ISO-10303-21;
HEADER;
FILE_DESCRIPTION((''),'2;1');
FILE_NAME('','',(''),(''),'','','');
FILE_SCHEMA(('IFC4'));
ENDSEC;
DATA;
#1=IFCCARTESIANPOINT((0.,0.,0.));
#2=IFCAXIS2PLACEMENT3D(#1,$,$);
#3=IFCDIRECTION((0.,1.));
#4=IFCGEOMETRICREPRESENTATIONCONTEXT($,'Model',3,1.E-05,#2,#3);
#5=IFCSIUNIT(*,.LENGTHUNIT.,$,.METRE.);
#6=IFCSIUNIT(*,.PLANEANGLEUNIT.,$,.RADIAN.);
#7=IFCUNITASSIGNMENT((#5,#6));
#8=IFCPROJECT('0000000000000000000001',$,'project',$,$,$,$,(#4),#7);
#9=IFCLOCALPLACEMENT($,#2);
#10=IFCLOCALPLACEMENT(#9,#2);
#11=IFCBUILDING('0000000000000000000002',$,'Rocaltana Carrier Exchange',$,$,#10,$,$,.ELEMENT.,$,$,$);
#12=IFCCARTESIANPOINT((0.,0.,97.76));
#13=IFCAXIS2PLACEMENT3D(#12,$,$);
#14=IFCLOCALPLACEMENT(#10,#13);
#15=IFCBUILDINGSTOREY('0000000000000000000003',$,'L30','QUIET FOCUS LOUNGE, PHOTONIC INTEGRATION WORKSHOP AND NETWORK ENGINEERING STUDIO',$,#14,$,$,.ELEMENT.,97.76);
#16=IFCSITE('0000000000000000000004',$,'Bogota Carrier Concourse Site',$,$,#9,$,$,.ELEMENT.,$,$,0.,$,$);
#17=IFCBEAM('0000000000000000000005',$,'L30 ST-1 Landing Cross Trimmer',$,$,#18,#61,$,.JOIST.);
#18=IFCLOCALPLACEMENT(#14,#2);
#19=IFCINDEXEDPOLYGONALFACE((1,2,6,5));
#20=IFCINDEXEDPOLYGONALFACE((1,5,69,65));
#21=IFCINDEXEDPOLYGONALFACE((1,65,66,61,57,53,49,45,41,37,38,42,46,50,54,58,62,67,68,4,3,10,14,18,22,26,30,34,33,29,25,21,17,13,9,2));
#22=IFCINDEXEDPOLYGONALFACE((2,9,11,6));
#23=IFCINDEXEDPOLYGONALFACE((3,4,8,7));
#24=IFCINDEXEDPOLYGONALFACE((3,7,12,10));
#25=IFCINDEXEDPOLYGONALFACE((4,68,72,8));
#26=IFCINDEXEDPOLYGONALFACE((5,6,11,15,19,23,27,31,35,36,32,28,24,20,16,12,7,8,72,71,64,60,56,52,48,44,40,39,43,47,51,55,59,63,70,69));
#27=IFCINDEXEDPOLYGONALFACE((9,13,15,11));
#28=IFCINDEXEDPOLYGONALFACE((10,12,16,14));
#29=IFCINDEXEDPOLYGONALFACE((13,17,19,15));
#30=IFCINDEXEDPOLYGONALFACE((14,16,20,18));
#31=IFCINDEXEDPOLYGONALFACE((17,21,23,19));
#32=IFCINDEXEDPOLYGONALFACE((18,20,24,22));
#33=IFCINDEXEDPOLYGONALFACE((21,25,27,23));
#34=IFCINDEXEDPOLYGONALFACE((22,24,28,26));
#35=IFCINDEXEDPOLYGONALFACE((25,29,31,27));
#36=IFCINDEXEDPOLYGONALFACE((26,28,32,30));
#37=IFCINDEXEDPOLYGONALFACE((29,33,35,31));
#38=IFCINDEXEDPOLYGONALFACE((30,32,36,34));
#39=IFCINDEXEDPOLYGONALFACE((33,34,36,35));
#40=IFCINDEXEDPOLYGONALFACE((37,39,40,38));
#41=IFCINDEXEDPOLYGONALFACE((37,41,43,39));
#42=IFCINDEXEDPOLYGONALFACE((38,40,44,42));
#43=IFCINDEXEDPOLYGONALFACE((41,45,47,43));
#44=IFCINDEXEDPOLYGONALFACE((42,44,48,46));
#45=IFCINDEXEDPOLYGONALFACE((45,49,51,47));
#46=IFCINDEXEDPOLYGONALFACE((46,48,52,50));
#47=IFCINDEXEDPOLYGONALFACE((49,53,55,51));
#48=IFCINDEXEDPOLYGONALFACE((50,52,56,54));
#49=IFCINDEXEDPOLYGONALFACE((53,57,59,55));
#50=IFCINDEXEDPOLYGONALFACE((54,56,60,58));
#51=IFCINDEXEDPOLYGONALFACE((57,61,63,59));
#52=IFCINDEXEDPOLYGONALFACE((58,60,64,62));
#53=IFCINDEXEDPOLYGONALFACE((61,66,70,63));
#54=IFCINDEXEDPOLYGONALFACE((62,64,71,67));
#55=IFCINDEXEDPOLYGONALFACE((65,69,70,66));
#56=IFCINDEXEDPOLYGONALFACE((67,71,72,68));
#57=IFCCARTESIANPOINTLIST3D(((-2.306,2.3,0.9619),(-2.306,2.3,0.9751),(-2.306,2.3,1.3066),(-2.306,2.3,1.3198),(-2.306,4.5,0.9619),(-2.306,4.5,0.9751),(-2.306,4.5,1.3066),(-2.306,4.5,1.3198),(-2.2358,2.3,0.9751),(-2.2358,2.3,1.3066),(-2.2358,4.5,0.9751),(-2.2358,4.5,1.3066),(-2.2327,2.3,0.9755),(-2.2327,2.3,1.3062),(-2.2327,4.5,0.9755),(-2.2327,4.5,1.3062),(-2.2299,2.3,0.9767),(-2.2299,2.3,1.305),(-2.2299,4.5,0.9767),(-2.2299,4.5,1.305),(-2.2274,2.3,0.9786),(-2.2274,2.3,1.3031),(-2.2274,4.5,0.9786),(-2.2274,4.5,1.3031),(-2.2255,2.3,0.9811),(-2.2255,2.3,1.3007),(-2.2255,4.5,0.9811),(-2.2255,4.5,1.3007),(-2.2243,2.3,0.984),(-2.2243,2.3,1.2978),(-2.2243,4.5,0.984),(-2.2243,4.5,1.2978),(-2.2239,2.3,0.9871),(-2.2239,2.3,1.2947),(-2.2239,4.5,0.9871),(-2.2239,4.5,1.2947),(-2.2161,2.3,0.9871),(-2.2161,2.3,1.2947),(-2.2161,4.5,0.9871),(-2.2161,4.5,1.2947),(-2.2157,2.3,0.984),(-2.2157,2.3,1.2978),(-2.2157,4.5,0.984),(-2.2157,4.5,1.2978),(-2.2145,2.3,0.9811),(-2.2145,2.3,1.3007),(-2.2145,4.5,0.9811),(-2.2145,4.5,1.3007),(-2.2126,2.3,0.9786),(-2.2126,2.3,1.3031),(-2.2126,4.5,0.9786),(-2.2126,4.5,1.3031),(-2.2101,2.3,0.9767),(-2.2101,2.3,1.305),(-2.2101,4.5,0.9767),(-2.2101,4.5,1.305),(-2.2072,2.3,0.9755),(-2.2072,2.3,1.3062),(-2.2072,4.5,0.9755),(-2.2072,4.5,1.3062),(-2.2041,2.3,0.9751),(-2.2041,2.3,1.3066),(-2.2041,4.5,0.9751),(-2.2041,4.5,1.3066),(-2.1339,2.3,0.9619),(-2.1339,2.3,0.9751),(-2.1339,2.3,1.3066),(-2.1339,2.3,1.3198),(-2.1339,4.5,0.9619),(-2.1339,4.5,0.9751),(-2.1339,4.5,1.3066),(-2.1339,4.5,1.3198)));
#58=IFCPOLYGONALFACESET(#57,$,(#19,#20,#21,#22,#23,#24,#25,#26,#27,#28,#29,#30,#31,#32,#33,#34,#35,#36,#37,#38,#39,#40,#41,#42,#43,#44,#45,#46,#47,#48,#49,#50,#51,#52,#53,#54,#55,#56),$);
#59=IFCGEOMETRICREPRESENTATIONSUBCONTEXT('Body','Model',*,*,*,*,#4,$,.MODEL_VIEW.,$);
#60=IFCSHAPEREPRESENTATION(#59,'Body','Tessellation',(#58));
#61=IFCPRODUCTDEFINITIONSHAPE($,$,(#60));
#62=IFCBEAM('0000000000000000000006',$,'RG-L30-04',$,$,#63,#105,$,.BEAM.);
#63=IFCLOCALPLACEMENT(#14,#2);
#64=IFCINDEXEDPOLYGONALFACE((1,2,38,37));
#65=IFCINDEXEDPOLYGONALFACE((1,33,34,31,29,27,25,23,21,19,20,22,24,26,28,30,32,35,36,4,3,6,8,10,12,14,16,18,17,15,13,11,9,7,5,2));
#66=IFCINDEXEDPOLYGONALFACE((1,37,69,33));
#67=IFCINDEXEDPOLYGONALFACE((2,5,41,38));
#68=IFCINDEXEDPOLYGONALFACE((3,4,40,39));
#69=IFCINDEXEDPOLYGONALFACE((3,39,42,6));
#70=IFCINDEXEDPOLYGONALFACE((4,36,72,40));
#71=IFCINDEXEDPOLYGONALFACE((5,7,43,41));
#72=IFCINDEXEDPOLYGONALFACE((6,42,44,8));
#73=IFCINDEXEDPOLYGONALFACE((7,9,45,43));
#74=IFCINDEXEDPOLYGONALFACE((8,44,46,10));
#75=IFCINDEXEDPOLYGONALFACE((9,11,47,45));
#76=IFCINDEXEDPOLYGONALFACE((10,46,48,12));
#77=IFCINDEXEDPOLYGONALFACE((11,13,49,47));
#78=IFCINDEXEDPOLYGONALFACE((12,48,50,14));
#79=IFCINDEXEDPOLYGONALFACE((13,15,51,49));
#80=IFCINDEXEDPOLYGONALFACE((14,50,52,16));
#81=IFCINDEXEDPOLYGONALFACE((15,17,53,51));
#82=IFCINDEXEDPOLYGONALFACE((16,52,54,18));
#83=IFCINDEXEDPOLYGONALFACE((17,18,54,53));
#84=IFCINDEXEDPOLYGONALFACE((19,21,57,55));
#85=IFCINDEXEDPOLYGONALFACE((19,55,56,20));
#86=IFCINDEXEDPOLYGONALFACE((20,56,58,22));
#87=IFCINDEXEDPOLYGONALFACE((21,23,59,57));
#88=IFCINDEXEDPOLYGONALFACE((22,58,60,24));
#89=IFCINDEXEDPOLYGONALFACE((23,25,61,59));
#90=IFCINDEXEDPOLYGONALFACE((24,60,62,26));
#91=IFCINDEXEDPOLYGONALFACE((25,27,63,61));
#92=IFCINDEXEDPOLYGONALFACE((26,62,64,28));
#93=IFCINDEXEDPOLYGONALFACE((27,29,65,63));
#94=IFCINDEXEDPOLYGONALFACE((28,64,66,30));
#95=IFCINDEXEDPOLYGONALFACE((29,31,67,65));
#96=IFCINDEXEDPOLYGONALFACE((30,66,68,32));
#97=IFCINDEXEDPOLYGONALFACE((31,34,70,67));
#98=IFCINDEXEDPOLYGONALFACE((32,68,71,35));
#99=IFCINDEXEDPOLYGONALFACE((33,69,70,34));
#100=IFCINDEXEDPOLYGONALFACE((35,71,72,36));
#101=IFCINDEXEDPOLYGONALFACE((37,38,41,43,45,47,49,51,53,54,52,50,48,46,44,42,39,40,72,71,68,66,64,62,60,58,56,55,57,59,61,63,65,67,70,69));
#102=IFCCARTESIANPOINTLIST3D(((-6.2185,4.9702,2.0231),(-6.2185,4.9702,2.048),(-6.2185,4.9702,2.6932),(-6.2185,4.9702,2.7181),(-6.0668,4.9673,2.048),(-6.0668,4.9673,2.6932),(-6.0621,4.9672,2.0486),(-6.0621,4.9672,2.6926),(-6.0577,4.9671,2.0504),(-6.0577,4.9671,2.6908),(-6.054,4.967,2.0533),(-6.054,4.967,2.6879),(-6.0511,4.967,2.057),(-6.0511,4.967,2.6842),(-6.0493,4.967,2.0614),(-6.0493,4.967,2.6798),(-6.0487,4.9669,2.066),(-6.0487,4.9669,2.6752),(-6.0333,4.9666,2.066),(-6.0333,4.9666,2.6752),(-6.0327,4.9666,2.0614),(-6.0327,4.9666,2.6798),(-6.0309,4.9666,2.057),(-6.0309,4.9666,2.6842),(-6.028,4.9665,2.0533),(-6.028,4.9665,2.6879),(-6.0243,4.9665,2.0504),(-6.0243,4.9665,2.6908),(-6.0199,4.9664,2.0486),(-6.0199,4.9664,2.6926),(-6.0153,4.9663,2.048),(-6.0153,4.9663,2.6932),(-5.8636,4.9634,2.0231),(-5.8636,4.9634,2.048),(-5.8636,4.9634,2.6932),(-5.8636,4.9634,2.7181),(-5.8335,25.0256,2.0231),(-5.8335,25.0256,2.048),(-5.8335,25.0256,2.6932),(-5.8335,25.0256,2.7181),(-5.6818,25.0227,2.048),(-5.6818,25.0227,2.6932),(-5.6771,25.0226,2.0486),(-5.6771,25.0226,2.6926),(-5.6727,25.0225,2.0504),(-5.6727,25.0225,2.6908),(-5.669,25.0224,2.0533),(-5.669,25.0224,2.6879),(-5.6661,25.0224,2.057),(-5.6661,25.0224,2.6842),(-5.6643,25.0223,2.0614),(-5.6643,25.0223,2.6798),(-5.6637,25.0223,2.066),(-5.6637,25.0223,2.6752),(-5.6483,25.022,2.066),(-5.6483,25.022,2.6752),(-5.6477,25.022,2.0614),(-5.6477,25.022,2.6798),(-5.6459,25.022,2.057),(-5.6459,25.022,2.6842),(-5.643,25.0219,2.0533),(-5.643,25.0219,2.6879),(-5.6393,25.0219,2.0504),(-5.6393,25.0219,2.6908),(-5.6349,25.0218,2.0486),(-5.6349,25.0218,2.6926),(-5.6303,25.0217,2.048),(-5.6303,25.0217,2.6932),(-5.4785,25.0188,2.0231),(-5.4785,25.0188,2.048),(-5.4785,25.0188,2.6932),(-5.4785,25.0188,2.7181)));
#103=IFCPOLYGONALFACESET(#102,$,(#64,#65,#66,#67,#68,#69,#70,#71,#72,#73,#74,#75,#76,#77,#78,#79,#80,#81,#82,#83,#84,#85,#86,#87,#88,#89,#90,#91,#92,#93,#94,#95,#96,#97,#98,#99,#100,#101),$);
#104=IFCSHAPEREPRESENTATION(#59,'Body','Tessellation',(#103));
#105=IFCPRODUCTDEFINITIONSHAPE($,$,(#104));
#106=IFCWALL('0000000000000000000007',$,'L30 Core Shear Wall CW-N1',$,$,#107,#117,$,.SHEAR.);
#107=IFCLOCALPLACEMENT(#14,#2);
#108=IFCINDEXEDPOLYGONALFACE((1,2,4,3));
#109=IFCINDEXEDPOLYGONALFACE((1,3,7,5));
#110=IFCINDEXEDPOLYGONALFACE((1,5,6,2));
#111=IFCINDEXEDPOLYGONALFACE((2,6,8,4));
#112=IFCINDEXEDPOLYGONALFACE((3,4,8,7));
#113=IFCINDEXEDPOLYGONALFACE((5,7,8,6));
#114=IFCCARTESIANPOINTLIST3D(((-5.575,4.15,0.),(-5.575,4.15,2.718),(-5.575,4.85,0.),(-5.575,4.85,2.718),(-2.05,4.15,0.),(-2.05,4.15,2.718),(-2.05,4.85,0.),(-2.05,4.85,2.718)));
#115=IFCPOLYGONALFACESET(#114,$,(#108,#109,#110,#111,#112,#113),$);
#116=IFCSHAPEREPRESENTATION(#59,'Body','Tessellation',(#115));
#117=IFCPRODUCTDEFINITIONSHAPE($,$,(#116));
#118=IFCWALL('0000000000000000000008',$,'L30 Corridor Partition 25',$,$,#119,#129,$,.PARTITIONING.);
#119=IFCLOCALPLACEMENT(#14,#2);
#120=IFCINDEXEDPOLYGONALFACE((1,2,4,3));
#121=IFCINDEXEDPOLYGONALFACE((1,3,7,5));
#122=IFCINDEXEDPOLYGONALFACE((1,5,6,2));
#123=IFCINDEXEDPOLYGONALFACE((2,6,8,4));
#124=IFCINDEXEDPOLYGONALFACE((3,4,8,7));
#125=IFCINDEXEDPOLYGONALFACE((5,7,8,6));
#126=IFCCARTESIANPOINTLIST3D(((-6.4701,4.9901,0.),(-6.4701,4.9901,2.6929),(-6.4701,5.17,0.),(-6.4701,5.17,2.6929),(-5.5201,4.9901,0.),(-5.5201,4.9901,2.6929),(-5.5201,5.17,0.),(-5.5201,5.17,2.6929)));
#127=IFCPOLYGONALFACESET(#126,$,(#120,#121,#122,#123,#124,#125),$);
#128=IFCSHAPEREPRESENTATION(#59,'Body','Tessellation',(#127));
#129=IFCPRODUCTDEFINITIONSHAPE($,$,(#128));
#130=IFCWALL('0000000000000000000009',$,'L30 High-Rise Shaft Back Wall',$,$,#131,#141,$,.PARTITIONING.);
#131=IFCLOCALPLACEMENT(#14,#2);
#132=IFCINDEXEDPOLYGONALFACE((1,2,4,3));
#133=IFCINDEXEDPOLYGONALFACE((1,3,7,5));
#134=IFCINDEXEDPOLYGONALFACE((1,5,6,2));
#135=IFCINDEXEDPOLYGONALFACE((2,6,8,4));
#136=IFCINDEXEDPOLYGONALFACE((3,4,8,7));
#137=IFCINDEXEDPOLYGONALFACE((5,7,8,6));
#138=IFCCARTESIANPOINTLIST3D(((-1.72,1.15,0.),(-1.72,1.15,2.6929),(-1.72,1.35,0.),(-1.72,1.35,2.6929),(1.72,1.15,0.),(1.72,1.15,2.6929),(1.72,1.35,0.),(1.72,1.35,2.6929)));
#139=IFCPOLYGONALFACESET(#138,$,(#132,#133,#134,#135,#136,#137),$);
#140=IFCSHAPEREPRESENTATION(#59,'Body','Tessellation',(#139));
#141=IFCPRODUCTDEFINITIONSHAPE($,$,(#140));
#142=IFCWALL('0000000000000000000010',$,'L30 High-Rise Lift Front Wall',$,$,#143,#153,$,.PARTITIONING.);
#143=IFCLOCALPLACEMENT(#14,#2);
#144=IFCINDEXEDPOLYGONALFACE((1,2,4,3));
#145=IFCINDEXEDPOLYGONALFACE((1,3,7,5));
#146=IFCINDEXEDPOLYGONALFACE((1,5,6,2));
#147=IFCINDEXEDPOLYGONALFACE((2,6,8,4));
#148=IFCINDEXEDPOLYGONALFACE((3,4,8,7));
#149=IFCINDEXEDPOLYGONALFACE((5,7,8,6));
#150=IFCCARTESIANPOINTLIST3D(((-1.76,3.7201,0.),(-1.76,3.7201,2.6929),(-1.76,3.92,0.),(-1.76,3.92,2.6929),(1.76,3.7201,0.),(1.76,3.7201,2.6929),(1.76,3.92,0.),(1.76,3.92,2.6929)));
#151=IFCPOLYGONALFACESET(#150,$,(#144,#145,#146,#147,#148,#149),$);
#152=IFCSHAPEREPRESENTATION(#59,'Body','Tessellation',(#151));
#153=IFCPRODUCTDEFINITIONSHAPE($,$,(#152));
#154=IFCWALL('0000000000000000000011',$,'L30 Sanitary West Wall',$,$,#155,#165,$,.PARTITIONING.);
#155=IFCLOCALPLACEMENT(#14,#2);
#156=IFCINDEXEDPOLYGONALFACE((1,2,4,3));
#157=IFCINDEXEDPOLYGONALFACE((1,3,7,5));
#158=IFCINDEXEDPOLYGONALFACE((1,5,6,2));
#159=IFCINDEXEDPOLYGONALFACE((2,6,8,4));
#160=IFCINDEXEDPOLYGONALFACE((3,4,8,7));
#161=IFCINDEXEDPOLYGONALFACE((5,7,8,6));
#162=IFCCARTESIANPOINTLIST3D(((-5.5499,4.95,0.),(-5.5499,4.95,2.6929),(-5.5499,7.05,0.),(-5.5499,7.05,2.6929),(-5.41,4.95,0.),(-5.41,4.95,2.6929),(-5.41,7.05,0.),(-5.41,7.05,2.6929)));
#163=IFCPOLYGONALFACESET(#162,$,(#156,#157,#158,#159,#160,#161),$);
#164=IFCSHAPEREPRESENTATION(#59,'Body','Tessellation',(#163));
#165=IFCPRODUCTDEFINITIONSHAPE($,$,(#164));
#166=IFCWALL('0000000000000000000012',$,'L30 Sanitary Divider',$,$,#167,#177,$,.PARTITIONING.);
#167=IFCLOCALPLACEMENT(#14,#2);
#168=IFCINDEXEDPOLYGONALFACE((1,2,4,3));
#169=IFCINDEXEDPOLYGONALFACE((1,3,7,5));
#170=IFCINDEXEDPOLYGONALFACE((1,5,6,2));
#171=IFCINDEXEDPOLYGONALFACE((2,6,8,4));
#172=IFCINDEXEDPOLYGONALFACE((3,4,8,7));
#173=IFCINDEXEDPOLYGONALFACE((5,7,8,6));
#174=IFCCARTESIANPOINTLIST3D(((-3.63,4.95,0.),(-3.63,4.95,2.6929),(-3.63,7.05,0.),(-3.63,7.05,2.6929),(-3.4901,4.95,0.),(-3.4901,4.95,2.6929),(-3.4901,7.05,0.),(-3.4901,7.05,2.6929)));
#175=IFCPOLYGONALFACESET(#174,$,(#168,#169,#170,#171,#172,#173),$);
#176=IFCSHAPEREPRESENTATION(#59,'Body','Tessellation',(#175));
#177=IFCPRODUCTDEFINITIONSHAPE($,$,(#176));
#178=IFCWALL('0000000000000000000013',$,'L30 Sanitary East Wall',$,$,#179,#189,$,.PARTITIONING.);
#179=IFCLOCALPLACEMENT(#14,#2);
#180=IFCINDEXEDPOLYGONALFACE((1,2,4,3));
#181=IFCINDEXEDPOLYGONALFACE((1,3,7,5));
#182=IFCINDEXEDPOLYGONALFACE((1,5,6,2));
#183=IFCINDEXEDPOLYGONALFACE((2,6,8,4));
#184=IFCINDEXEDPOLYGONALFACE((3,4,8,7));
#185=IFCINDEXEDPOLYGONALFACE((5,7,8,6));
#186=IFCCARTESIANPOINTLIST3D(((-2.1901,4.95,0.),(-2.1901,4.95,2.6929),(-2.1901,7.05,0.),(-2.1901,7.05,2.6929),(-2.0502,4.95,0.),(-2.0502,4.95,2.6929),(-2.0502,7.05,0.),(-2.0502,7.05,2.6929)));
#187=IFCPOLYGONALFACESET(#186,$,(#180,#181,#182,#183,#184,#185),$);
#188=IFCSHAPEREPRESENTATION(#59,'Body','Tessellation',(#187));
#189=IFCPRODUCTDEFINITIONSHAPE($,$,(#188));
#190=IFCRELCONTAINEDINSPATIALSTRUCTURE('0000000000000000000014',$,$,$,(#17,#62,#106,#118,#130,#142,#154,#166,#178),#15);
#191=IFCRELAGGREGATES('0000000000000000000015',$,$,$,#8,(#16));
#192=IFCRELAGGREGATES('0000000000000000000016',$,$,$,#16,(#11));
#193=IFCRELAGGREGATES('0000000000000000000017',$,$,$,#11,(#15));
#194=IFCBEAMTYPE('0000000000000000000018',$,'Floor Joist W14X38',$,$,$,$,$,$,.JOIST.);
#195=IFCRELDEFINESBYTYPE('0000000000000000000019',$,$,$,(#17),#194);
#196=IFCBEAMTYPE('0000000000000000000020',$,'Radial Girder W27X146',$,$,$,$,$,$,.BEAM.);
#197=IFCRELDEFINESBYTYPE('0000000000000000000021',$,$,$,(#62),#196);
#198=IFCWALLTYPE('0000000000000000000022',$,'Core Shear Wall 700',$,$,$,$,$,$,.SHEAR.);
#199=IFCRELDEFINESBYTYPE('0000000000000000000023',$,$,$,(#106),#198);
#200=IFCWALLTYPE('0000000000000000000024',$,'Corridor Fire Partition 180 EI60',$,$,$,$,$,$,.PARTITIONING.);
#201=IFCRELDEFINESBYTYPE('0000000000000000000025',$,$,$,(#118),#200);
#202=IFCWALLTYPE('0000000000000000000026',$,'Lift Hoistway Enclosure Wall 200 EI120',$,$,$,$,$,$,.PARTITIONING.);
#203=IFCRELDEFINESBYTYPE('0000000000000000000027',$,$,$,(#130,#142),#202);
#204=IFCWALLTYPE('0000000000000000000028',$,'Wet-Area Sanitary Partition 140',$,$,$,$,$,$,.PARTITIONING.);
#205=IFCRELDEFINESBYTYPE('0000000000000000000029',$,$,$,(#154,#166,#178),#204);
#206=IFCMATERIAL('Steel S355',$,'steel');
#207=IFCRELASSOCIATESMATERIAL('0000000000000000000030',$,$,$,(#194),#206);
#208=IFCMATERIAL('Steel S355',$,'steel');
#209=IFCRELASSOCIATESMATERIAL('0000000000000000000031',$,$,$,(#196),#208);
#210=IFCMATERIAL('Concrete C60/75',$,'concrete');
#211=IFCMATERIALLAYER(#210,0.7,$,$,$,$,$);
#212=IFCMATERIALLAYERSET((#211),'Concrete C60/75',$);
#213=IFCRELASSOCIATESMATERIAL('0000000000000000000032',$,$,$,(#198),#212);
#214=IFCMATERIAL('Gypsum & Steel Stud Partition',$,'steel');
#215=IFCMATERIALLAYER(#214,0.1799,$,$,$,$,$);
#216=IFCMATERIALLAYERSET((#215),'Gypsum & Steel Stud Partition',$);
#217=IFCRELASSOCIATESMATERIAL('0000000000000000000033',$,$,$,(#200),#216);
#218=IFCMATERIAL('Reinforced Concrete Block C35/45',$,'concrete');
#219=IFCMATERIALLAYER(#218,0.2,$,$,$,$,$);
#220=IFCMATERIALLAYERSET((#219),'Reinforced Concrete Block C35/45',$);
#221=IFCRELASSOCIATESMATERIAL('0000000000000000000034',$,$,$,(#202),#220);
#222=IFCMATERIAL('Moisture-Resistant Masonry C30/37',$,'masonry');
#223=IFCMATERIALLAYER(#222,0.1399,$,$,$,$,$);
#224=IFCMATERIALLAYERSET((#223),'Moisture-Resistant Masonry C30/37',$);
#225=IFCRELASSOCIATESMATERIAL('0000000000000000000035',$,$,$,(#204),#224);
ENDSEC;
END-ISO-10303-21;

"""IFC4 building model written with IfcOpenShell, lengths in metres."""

from ifc_helpers import new_model, si_unit, direction, frame, frame_2d, origin, origin_2d, place, context, subcontext, project, spatial, rectangle, i_section, extrude, material, layer, layer_set, material_profile, profile_set, type_object, element, save


model = new_model("IFC4")

# Units and contexts
model_context = context("Model", 3, precision=1e-05, world=origin(), true_north=direction((0.0, 1.0)))
body_context = subcontext(model_context, "Body", "Model", "MODEL_VIEW")
ifc_project = project(units=[si_unit("LENGTHUNIT", "METRE"), si_unit("PLANEANGLEUNIT", "RADIAN")], contexts=[model_context])

# Site, building, storey
site_placement = place(None, origin())
site = spatial("IfcSite", under=ifc_project, at=site_placement, Name="Bogota Carrier Concourse Site", CompositionType="ELEMENT", RefElevation=0.0)
building_placement = place(site_placement, origin())
building = spatial("IfcBuilding", under=site, at=building_placement, Name="Rocaltana Carrier Exchange", CompositionType="ELEMENT")
storey_placement = place(building_placement, frame((0.0, 0.0, 97.76)))
storey = spatial("IfcBuildingStorey", under=building, at=storey_placement, Name="L30", Description="QUIET FOCUS LOUNGE, PHOTONIC INTEGRATION WORKSHOP AND NETWORK ENGINEERING STUDIO", CompositionType="ELEMENT", Elevation=97.76)

# Beams
ifc_material_1 = material(Name="Steel S355", Category="steel")
ifc_material_profile_1 = material_profile(ifc_material_1, i_section(OverallWidth=0.1721, OverallDepth=0.3579, WebThickness=0.0078, FlangeThickness=0.0132, FilletRadius=0.012, at=origin_2d()), Name="W14X38")
ifc_profile_set_1 = profile_set([ifc_material_profile_1], Name="Steel S355")
beam_type_1 = type_object("IfcBeamType", Name="Floor Joist W14X38", PredefinedType="JOIST", material=ifc_profile_set_1)
beam_1_placement = place(storey_placement, frame((-2.22, 2.3, 1.1409), z_axis=(0.0, 1.0, 0.0), x_axis=(-1.0, 0.0, 0.0)))
element("IfcBeam", 1, at=beam_1_placement, inside=storey, type_object=beam_type_1, Name="L30 ST-1 Landing Cross Trimmer", PredefinedType="JOIST", context=body_context, shape_type="SweptSolid", body=[
    extrude(i_section(OverallWidth=0.1721, OverallDepth=0.3579, WebThickness=0.0078, FlangeThickness=0.0132, FilletRadius=0.012, at=origin_2d()), origin(), (0.0, 0.0, 1.0), 2.2),
])
ifc_material_2 = material(Name="Steel S355", Category="steel")
ifc_material_profile_2 = material_profile(ifc_material_2, i_section(OverallWidth=0.355, OverallDepth=0.6951, WebThickness=0.0154, FlangeThickness=0.0249, FilletRadius=0.0181, at=origin_2d()), Name="W27X146")
ifc_profile_set_2 = profile_set([ifc_material_profile_2], Name="Steel S355")
beam_type_2 = type_object("IfcBeamType", Name="Radial Girder W27X146", PredefinedType="BEAM", material=ifc_profile_set_2)
beam_2_placement = place(storey_placement, frame((-6.041, 4.9668, 2.3706), z_axis=(0.019194, 0.999816, 0.0), x_axis=(-0.999816, 0.019194, 0.0)))
element("IfcBeam", 2, at=beam_2_placement, inside=storey, type_object=beam_type_2, Name="RG-L30-04", PredefinedType="BEAM", context=body_context, shape_type="SweptSolid", body=[
    extrude(i_section(OverallWidth=0.355, OverallDepth=0.6951, WebThickness=0.0154, FlangeThickness=0.0249, FilletRadius=0.0181, at=origin_2d()), origin(), (0.0, 0.0, 1.0), 20.0591),
])

# Walls
ifc_material_3 = material(Name="Concrete C60/75", Category="concrete")
ifc_layer_1 = layer(ifc_material_3, 0.7)
ifc_layer_set_1 = layer_set([ifc_layer_1], Name="Concrete C60/75")
wall_type_1 = type_object("IfcWallType", Name="Core Shear Wall 700", PredefinedType="SHEAR", material=ifc_layer_set_1)
wall_1_placement = place(storey_placement, frame((-5.575, 4.5, 0.0), z_axis=(0.0, 0.0, 1.0), x_axis=(1.0, 0.0, 0.0)))
element("IfcWall", 3, at=wall_1_placement, inside=storey, type_object=wall_type_1, Name="L30 Core Shear Wall CW-N1", PredefinedType="SHEAR", context=body_context, shape_type="SweptSolid", body=[
    extrude(rectangle(XDim=3.5249, YDim=0.7, at=frame_2d((1.7625, 0.0))), origin(), (0.0, 0.0, 1.0), 2.718),
])
ifc_material_4 = material(Name="Gypsum & Steel Stud Partition", Category="steel")
ifc_layer_2 = layer(ifc_material_4, 0.1799)
ifc_layer_set_2 = layer_set([ifc_layer_2], Name="Gypsum & Steel Stud Partition")
wall_type_2 = type_object("IfcWallType", Name="Corridor Fire Partition 180 EI60", PredefinedType="PARTITIONING", material=ifc_layer_set_2)
wall_2_placement = place(storey_placement, frame((-5.52, 5.0801, 0.0), z_axis=(0.0, 0.0, 1.0), x_axis=(-1.0, 0.0, 0.0)))
element("IfcWall", 4, at=wall_2_placement, inside=storey, type_object=wall_type_2, Name="L30 Corridor Partition 25", PredefinedType="PARTITIONING", context=body_context, shape_type="SweptSolid", body=[
    extrude(rectangle(XDim=0.95, YDim=0.1799, at=frame_2d((0.4751, 0.0))), origin(), (0.0, 0.0, 1.0), 2.6929),
])
ifc_material_5 = material(Name="Reinforced Concrete Block C35/45", Category="concrete")
ifc_layer_3 = layer(ifc_material_5, 0.2)
ifc_layer_set_3 = layer_set([ifc_layer_3], Name="Reinforced Concrete Block C35/45")
wall_type_3 = type_object("IfcWallType", Name="Lift Hoistway Enclosure Wall 200 EI120", PredefinedType="PARTITIONING", material=ifc_layer_set_3)
wall_3_placement = place(storey_placement, frame((-1.72, 1.25, 0.0), z_axis=(0.0, 0.0, 1.0), x_axis=(1.0, 0.0, 0.0)))
element("IfcWall", 5, at=wall_3_placement, inside=storey, type_object=wall_type_3, Name="L30 High-Rise Shaft Back Wall", PredefinedType="PARTITIONING", context=body_context, shape_type="SweptSolid", body=[
    extrude(rectangle(XDim=3.4399, YDim=0.2, at=frame_2d((1.72, 0.0))), origin(), (0.0, 0.0, 1.0), 2.6929),
])
wall_4_placement = place(storey_placement, frame((-1.76, 3.8201, 0.0), z_axis=(0.0, 0.0, 1.0), x_axis=(1.0, 0.0, 0.0)))
element("IfcWall", 6, at=wall_4_placement, inside=storey, type_object=wall_type_3, Name="L30 High-Rise Lift Front Wall", PredefinedType="PARTITIONING", context=body_context, shape_type="SweptSolid", body=[
    extrude(rectangle(XDim=3.52, YDim=0.2, at=frame_2d((1.76, 0.0))), origin(), (0.0, 0.0, 1.0), 2.6929),
])
ifc_material_6 = material(Name="Moisture-Resistant Masonry C30/37", Category="masonry")
ifc_layer_4 = layer(ifc_material_6, 0.1399)
ifc_layer_set_4 = layer_set([ifc_layer_4], Name="Moisture-Resistant Masonry C30/37")
wall_type_4 = type_object("IfcWallType", Name="Wet-Area Sanitary Partition 140", PredefinedType="PARTITIONING", material=ifc_layer_set_4)
for number, where, z_axis, x_axis, name in (
    (7, (-5.48, 4.95, 0.0), (0.0, 0.0, 1.0), (0.0, 1.0, 0.0), "L30 Sanitary West Wall"),
    (8, (-3.5601, 4.95, 0.0), (0.0, 0.0, 1.0), (0.0, 1.0, 0.0), "L30 Sanitary Divider"),
    (9, (-2.1201, 4.95, 0.0), (0.0, 0.0, 1.0), (0.0, 1.0, 0.0), "L30 Sanitary East Wall"),
):
    element("IfcWall", number, at=place(storey_placement, frame(where, z_axis=z_axis, x_axis=x_axis)), inside=storey, type_object=wall_type_4, Name=name, PredefinedType="PARTITIONING", context=body_context, shape_type="SweptSolid", body=[
        extrude(rectangle(XDim=2.1001, YDim=0.1399, at=frame_2d((1.05, 0.0))), origin(), (0.0, 0.0, 1.0), 2.6929),
    ])

save(model, "model.ifc")
